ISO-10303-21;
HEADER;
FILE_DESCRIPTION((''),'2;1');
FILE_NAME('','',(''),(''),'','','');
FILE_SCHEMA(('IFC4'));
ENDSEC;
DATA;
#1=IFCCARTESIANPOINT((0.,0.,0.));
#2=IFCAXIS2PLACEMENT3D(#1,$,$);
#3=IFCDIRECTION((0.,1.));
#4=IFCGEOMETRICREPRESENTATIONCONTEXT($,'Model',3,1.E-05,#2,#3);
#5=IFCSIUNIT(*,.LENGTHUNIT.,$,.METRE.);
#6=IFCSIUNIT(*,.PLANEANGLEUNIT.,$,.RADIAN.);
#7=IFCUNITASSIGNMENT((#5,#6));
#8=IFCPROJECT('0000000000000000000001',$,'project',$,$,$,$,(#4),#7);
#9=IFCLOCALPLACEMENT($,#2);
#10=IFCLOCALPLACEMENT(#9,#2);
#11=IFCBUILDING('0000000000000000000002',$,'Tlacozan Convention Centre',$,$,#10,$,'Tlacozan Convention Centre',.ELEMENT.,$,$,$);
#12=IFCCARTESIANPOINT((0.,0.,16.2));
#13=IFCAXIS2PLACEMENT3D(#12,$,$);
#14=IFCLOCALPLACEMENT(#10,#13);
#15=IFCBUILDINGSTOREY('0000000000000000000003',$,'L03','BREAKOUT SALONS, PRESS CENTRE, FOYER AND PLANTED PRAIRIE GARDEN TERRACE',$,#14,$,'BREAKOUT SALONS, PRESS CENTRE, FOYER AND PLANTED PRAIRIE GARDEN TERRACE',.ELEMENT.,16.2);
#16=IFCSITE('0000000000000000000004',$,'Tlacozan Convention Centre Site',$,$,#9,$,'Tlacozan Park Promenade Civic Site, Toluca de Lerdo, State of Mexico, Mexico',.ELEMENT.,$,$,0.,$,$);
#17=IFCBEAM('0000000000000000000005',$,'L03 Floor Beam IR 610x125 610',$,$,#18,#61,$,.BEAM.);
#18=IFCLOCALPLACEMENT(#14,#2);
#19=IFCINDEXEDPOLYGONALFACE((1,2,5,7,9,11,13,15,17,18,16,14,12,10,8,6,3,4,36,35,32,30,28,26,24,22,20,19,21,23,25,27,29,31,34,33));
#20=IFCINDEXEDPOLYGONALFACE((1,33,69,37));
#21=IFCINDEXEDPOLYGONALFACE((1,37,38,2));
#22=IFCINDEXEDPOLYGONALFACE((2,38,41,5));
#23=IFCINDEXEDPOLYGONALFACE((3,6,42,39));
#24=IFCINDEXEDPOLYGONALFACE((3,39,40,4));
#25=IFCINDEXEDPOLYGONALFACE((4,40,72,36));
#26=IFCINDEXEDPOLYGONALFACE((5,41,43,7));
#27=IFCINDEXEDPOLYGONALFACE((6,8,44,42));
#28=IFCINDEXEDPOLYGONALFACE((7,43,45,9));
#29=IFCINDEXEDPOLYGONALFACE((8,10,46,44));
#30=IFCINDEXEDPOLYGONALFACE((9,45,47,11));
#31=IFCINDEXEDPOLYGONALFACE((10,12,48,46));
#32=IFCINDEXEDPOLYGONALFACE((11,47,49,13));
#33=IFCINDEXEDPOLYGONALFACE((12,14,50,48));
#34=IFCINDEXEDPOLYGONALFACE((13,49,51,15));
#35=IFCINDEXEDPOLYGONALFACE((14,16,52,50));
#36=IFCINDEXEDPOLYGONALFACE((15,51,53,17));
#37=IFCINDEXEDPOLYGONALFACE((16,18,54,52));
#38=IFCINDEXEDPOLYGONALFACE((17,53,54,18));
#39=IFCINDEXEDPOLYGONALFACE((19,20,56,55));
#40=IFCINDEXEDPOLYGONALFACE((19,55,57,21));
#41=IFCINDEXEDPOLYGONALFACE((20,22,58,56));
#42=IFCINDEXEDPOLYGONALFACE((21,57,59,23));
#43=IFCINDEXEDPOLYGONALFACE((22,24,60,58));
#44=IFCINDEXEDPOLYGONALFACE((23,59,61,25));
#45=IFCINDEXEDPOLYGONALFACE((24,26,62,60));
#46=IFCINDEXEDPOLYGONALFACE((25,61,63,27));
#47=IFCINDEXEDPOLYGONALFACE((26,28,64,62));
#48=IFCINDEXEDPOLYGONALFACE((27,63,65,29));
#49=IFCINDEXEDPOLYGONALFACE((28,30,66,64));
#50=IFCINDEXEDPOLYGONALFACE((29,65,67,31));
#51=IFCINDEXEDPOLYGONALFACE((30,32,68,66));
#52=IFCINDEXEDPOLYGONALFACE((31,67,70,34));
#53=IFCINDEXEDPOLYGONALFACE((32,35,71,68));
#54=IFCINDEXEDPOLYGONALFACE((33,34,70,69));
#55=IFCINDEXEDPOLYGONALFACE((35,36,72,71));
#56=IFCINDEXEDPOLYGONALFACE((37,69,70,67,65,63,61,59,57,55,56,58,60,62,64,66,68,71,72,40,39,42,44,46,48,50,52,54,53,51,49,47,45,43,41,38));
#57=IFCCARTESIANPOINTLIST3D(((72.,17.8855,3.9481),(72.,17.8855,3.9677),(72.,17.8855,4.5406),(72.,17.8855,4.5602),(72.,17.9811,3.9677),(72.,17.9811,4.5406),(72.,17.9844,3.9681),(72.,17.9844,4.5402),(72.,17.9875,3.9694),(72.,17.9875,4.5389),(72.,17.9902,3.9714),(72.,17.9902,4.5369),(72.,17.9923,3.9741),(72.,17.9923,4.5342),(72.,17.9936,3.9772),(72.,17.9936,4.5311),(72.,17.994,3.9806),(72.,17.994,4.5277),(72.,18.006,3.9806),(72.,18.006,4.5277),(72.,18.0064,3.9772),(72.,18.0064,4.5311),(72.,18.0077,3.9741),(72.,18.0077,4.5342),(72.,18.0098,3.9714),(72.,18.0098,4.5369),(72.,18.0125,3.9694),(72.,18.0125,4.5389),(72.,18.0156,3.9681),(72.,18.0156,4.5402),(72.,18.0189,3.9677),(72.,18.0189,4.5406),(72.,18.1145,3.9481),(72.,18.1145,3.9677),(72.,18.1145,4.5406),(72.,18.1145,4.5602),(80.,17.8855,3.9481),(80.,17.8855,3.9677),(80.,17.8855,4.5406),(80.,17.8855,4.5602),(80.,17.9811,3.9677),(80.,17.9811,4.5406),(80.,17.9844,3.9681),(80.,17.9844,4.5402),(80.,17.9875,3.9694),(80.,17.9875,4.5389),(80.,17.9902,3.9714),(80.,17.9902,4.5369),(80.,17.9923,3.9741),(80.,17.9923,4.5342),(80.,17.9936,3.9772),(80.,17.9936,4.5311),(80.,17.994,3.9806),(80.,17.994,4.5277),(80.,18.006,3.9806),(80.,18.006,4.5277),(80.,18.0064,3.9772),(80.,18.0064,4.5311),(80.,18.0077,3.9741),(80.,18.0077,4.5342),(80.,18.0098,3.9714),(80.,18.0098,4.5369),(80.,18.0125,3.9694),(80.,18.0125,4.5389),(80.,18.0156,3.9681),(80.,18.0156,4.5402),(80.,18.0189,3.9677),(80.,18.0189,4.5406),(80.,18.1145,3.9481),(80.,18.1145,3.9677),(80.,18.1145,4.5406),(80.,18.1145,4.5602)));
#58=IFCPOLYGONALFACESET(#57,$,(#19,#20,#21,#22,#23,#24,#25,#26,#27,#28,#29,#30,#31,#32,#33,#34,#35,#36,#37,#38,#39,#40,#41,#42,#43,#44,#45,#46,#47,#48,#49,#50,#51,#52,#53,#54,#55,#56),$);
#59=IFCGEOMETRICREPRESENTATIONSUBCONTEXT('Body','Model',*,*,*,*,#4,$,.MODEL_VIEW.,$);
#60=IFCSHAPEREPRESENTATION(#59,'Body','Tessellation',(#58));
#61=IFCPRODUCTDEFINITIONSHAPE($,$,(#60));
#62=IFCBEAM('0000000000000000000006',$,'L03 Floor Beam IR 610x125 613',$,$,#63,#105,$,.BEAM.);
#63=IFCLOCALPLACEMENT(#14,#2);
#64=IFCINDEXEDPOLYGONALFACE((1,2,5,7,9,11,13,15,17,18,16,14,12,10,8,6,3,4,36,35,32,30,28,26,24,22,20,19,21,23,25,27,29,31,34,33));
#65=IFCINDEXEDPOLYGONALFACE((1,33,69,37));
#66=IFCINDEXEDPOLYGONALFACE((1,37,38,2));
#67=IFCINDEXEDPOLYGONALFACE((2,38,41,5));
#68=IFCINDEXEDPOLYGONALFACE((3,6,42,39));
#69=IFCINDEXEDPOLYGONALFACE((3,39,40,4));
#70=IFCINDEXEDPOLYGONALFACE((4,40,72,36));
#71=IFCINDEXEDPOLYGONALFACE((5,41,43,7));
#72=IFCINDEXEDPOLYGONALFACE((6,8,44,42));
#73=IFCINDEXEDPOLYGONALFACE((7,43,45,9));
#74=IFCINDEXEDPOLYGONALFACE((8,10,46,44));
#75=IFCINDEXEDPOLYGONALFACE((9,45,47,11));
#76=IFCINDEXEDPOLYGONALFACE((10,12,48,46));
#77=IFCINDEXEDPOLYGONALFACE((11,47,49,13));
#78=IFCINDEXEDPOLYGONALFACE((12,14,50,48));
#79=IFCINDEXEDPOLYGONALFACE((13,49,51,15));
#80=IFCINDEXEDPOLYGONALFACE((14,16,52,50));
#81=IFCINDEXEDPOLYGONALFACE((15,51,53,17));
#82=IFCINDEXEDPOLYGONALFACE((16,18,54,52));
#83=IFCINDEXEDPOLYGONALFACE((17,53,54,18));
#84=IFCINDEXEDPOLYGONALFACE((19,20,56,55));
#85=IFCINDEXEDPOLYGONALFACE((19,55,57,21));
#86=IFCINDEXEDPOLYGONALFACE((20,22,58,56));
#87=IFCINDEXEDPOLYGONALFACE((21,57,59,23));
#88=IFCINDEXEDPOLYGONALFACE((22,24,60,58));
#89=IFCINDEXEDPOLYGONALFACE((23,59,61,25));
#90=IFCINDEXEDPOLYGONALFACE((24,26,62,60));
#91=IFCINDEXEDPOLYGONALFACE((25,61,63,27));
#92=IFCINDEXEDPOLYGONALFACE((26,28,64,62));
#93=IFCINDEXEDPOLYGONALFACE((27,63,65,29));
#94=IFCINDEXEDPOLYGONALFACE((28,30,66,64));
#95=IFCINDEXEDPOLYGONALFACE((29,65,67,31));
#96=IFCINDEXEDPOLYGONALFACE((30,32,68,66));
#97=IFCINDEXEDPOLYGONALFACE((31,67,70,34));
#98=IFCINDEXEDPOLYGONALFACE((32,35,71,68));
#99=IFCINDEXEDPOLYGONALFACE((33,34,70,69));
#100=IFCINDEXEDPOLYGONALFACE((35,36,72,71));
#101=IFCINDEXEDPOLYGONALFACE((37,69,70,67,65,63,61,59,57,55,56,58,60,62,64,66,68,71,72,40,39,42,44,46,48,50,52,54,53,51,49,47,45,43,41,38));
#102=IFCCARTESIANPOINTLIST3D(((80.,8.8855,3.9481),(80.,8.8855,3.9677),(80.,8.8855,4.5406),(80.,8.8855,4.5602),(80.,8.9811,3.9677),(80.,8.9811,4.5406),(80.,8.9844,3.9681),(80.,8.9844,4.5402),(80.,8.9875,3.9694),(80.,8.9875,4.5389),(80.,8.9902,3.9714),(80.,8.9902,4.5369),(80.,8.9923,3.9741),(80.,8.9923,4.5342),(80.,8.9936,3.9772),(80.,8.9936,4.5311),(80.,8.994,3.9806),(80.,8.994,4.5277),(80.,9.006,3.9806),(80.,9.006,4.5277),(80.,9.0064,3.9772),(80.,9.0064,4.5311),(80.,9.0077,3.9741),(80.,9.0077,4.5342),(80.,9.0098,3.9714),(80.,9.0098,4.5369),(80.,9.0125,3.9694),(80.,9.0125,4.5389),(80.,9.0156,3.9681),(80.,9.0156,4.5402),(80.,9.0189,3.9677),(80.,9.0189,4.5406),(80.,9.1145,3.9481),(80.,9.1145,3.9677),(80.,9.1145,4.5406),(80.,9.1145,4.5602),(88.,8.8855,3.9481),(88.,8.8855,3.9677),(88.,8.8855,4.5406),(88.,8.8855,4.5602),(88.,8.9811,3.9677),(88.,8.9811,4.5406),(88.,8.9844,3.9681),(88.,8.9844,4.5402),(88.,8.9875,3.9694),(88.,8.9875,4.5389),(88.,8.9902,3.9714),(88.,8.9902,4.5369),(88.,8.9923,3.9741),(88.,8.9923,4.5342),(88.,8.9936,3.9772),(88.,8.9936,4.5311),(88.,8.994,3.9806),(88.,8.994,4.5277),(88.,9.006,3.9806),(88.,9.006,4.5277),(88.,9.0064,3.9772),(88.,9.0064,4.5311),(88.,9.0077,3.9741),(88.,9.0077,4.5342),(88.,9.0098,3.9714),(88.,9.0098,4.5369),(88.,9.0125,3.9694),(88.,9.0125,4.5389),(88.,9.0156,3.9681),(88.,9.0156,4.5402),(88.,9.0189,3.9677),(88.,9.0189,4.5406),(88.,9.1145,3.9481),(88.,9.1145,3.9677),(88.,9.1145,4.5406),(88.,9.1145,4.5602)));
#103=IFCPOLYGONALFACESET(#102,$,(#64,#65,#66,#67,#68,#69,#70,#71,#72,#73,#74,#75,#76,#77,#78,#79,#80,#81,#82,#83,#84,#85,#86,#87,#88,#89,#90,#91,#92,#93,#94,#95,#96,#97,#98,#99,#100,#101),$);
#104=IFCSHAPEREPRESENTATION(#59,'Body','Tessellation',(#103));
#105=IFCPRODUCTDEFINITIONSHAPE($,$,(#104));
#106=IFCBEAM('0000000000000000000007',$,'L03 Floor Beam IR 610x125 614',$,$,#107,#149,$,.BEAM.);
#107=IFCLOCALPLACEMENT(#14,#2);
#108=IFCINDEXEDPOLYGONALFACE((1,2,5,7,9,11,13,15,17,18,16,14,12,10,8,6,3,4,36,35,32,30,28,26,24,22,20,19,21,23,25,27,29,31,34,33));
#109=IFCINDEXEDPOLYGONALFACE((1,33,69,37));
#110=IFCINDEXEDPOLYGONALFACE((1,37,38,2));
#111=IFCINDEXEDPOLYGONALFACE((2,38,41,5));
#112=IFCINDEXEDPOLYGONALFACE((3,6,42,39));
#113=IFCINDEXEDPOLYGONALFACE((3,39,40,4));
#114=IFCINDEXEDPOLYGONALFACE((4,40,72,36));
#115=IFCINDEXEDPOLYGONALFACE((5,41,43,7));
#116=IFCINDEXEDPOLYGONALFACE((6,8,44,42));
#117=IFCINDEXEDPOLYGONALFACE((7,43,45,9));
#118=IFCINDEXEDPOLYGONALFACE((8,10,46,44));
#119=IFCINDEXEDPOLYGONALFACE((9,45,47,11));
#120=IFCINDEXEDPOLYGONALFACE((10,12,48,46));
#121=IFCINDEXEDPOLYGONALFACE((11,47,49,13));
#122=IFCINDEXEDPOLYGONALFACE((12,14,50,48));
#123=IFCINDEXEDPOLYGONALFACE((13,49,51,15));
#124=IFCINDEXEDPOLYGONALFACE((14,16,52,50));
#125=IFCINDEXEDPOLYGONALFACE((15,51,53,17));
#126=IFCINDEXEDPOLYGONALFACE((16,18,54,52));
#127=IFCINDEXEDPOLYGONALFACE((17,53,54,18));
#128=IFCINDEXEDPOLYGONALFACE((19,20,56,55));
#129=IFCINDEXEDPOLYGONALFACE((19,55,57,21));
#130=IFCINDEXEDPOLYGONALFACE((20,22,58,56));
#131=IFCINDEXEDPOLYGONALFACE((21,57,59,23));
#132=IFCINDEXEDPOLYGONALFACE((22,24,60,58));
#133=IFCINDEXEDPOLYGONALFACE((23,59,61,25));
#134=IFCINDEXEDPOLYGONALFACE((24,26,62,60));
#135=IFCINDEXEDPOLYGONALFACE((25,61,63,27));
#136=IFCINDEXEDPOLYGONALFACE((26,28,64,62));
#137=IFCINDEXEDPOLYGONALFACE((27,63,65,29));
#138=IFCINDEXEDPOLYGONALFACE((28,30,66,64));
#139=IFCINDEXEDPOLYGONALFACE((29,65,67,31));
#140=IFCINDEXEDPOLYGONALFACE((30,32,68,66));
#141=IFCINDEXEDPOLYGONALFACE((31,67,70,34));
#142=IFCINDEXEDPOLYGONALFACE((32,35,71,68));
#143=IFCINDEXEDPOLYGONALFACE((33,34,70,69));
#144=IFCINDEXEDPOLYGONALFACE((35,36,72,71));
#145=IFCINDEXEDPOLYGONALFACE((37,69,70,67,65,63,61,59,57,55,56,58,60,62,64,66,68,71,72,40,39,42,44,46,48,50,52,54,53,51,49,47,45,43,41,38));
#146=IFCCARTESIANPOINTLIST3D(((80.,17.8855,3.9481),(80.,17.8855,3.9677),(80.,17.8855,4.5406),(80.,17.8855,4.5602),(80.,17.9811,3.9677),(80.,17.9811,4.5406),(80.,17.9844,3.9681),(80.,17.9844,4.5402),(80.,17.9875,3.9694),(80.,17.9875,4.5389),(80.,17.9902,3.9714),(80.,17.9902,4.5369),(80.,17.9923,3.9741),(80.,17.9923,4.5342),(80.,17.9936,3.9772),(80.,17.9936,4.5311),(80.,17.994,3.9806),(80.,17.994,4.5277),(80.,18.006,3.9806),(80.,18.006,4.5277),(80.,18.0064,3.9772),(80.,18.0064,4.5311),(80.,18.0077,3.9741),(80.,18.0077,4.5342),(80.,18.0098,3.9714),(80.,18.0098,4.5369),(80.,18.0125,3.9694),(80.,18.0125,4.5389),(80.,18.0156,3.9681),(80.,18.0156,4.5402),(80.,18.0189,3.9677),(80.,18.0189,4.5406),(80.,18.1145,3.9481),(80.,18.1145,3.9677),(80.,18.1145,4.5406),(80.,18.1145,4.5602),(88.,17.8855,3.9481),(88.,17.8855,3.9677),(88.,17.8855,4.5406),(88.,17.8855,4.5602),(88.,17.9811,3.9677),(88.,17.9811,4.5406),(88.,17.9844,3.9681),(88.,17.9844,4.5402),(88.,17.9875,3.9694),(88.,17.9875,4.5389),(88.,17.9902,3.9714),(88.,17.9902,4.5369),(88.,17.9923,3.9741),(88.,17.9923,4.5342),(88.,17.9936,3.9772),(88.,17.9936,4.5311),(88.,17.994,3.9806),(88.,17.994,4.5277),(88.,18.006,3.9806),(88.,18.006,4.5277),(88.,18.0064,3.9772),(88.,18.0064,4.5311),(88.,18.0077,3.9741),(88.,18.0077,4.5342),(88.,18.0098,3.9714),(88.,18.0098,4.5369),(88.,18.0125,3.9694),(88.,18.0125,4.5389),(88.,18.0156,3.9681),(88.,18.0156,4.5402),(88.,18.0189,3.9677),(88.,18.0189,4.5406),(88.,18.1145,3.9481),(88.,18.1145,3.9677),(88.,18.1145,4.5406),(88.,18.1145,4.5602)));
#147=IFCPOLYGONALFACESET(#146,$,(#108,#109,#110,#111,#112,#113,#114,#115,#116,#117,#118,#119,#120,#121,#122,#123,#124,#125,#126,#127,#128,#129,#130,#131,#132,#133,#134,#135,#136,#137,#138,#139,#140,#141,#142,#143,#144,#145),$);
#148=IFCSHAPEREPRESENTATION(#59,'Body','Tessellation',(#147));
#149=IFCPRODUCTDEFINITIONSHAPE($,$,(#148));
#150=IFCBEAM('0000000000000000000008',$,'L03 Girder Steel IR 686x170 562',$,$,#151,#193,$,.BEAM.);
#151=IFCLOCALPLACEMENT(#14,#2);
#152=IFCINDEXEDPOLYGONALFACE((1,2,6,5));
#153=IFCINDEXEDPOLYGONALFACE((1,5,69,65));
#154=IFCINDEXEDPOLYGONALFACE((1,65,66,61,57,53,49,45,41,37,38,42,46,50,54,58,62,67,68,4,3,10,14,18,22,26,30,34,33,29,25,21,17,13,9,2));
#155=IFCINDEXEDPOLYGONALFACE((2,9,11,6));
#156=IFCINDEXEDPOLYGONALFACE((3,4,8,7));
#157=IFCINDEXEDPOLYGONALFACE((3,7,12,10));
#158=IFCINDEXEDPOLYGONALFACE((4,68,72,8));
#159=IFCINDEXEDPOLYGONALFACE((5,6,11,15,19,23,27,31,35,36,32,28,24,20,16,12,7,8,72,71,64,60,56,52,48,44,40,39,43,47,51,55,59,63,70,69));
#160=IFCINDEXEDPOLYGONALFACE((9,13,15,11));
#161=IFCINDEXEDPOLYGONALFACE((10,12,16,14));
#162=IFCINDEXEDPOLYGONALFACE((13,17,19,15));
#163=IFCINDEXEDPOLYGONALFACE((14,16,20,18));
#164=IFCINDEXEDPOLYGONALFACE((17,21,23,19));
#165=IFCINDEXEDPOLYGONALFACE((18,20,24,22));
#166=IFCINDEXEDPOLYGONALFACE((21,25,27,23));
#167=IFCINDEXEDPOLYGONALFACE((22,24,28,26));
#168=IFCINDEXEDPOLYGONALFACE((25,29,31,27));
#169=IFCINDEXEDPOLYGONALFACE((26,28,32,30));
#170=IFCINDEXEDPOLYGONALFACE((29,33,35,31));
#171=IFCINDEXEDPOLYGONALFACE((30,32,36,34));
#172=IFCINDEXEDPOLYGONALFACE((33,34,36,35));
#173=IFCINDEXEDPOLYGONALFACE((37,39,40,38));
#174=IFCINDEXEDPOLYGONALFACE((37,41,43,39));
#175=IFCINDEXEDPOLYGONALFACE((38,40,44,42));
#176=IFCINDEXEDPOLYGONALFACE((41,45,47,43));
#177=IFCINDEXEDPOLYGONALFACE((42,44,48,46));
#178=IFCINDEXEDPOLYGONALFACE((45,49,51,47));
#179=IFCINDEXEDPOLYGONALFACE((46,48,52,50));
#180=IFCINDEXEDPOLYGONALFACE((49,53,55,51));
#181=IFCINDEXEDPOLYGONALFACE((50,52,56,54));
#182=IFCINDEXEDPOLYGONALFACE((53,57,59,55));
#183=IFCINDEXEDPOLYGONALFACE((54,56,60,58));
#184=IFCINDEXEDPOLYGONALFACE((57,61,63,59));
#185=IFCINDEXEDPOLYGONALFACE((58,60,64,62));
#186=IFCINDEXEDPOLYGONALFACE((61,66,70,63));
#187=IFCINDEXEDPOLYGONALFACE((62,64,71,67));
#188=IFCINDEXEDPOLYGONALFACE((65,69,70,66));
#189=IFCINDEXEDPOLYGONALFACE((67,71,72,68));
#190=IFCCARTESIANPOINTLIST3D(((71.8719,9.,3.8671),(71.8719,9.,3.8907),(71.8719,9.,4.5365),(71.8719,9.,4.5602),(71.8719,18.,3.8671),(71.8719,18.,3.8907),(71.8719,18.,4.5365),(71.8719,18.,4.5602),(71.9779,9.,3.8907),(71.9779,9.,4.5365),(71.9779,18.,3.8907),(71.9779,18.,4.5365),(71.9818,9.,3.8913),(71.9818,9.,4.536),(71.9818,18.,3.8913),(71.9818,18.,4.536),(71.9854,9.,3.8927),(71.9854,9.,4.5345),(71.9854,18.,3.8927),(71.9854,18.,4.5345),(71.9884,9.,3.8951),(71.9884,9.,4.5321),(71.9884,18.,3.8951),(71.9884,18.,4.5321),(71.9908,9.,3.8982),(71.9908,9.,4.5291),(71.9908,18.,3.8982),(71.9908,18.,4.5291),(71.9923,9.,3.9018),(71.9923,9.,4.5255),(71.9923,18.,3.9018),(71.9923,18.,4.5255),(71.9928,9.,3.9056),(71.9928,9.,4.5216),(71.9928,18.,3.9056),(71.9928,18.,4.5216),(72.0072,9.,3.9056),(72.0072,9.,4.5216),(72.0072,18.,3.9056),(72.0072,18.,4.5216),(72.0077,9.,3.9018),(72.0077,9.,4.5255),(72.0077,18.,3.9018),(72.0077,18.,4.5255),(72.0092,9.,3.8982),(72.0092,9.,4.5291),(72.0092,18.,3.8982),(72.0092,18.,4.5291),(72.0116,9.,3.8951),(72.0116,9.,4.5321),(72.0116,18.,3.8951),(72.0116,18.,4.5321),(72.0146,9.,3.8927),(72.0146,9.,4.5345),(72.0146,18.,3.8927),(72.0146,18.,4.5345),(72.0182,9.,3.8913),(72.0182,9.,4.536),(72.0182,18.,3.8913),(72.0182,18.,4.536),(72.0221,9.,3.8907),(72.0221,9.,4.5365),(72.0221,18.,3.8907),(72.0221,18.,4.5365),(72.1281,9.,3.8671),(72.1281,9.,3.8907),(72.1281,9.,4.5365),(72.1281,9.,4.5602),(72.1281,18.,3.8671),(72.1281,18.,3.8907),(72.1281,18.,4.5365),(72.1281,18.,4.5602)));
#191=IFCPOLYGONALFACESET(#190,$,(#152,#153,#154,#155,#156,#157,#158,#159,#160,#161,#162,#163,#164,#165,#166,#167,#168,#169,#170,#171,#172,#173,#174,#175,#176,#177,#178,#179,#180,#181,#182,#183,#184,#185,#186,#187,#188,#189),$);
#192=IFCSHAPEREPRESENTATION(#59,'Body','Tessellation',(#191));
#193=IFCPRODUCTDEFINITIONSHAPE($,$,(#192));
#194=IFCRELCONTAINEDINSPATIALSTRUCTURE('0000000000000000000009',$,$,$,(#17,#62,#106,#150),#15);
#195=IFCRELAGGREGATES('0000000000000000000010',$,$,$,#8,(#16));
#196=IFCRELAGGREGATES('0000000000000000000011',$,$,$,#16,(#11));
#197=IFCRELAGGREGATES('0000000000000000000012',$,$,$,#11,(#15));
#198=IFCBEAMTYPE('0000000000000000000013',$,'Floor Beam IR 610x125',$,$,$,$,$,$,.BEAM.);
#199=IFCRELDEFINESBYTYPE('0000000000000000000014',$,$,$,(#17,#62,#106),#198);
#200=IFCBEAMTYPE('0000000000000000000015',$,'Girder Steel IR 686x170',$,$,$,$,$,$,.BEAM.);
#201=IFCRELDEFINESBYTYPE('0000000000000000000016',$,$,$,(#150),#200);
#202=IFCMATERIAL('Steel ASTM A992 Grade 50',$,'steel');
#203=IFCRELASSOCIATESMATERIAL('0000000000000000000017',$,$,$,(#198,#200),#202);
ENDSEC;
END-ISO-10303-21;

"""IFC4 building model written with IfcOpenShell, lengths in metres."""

from ifc_helpers import new_model, si_unit, direction, frame, origin, origin_2d, place, context, subcontext, project, spatial, i_section, extrude, material, material_profile, profile_set, type_object, element, save


model = new_model("IFC4")

# Units and contexts
model_context = context("Model", 3, precision=1e-05, world=origin(), true_north=direction((0.0, 1.0)))
body_context = subcontext(model_context, "Body", "Model", "MODEL_VIEW")
ifc_project = project(units=[si_unit("LENGTHUNIT", "METRE"), si_unit("PLANEANGLEUNIT", "RADIAN")], contexts=[model_context])

# Site, building, storey
site_placement = place(None, origin())
site = spatial("IfcSite", under=ifc_project, at=site_placement, Name="Tlacozan Convention Centre Site", LongName="Tlacozan Park Promenade Civic Site, Toluca de Lerdo, State of Mexico, Mexico", CompositionType="ELEMENT", RefElevation=0.0)
building_placement = place(site_placement, origin())
building = spatial("IfcBuilding", under=site, at=building_placement, Name="Tlacozan Convention Centre", LongName="Tlacozan Convention Centre", CompositionType="ELEMENT")
storey_placement = place(building_placement, frame((0.0, 0.0, 16.2)))
storey = spatial("IfcBuildingStorey", under=building, at=storey_placement, Name="L03", Description="BREAKOUT SALONS, PRESS CENTRE, FOYER AND PLANTED PRAIRIE GARDEN TERRACE", LongName="BREAKOUT SALONS, PRESS CENTRE, FOYER AND PLANTED PRAIRIE GARDEN TERRACE", CompositionType="ELEMENT", Elevation=16.2)

# Beams
ifc_material_1 = material(Name="Steel ASTM A992 Grade 50", Category="steel")
ifc_material_profile_1 = material_profile(ifc_material_1, i_section(OverallWidth=0.229, OverallDepth=0.6121, WebThickness=0.012, FlangeThickness=0.0195, FilletRadius=0.0129, at=origin_2d()), Name="IR 610x125.0")
ifc_profile_set_1 = profile_set([ifc_material_profile_1], Name="Steel ASTM A992 Grade 50")
beam_type_1 = type_object("IfcBeamType", Name="Floor Beam IR 610x125", PredefinedType="BEAM", material=ifc_profile_set_1)
for number, where, z_axis, x_axis, name in (
    (1, (72.0, 18.0, 4.2542), (1.0, 0.0, 0.0), (0.0, 1.0, 0.0), "L03 Floor Beam IR 610x125 610"),
    (2, (80.0, 9.0, 4.2542), (1.0, 0.0, 0.0), (0.0, 1.0, 0.0), "L03 Floor Beam IR 610x125 613"),
    (3, (80.0, 18.0, 4.2542), (1.0, 0.0, 0.0), (0.0, 1.0, 0.0), "L03 Floor Beam IR 610x125 614"),
):
    element("IfcBeam", number, at=place(storey_placement, frame(where, z_axis=z_axis, x_axis=x_axis)), inside=storey, type_object=beam_type_1, Name=name, PredefinedType="BEAM", context=body_context, shape_type="SweptSolid", body=[
        extrude(i_section(OverallWidth=0.229, OverallDepth=0.6121, WebThickness=0.012, FlangeThickness=0.0195, FilletRadius=0.0129, at=origin_2d()), origin(), (0.0, 0.0, 1.0), 8.0),
    ])
ifc_material_profile_2 = material_profile(ifc_material_1, i_section(OverallWidth=0.2561, OverallDepth=0.6931, WebThickness=0.0144, FlangeThickness=0.0237, FilletRadius=0.0149, at=origin_2d()), Name="IR 686x170.0")
ifc_profile_set_2 = profile_set([ifc_material_profile_2], Name="Steel ASTM A992 Grade 50")
beam_type_2 = type_object("IfcBeamType", Name="Girder Steel IR 686x170", PredefinedType="BEAM", material=ifc_profile_set_2)
for number, where, z_axis, x_axis, name in (
    (4, (72.0, 9.0, 4.2136), (0.0, 1.0, 0.0), (-1.0, 0.0, 0.0), "L03 Girder Steel IR 686x170 562"),
):
    element("IfcBeam", number, at=place(storey_placement, frame(where, z_axis=z_axis, x_axis=x_axis)), inside=storey, type_object=beam_type_2, Name=name, PredefinedType="BEAM", context=body_context, shape_type="SweptSolid", body=[
        extrude(i_section(OverallWidth=0.2561, OverallDepth=0.6931, WebThickness=0.0144, FlangeThickness=0.0237, FilletRadius=0.0149, at=origin_2d()), origin(), (0.0, 0.0, 1.0), 9.0),
    ])

save(model, "model.ifc")
